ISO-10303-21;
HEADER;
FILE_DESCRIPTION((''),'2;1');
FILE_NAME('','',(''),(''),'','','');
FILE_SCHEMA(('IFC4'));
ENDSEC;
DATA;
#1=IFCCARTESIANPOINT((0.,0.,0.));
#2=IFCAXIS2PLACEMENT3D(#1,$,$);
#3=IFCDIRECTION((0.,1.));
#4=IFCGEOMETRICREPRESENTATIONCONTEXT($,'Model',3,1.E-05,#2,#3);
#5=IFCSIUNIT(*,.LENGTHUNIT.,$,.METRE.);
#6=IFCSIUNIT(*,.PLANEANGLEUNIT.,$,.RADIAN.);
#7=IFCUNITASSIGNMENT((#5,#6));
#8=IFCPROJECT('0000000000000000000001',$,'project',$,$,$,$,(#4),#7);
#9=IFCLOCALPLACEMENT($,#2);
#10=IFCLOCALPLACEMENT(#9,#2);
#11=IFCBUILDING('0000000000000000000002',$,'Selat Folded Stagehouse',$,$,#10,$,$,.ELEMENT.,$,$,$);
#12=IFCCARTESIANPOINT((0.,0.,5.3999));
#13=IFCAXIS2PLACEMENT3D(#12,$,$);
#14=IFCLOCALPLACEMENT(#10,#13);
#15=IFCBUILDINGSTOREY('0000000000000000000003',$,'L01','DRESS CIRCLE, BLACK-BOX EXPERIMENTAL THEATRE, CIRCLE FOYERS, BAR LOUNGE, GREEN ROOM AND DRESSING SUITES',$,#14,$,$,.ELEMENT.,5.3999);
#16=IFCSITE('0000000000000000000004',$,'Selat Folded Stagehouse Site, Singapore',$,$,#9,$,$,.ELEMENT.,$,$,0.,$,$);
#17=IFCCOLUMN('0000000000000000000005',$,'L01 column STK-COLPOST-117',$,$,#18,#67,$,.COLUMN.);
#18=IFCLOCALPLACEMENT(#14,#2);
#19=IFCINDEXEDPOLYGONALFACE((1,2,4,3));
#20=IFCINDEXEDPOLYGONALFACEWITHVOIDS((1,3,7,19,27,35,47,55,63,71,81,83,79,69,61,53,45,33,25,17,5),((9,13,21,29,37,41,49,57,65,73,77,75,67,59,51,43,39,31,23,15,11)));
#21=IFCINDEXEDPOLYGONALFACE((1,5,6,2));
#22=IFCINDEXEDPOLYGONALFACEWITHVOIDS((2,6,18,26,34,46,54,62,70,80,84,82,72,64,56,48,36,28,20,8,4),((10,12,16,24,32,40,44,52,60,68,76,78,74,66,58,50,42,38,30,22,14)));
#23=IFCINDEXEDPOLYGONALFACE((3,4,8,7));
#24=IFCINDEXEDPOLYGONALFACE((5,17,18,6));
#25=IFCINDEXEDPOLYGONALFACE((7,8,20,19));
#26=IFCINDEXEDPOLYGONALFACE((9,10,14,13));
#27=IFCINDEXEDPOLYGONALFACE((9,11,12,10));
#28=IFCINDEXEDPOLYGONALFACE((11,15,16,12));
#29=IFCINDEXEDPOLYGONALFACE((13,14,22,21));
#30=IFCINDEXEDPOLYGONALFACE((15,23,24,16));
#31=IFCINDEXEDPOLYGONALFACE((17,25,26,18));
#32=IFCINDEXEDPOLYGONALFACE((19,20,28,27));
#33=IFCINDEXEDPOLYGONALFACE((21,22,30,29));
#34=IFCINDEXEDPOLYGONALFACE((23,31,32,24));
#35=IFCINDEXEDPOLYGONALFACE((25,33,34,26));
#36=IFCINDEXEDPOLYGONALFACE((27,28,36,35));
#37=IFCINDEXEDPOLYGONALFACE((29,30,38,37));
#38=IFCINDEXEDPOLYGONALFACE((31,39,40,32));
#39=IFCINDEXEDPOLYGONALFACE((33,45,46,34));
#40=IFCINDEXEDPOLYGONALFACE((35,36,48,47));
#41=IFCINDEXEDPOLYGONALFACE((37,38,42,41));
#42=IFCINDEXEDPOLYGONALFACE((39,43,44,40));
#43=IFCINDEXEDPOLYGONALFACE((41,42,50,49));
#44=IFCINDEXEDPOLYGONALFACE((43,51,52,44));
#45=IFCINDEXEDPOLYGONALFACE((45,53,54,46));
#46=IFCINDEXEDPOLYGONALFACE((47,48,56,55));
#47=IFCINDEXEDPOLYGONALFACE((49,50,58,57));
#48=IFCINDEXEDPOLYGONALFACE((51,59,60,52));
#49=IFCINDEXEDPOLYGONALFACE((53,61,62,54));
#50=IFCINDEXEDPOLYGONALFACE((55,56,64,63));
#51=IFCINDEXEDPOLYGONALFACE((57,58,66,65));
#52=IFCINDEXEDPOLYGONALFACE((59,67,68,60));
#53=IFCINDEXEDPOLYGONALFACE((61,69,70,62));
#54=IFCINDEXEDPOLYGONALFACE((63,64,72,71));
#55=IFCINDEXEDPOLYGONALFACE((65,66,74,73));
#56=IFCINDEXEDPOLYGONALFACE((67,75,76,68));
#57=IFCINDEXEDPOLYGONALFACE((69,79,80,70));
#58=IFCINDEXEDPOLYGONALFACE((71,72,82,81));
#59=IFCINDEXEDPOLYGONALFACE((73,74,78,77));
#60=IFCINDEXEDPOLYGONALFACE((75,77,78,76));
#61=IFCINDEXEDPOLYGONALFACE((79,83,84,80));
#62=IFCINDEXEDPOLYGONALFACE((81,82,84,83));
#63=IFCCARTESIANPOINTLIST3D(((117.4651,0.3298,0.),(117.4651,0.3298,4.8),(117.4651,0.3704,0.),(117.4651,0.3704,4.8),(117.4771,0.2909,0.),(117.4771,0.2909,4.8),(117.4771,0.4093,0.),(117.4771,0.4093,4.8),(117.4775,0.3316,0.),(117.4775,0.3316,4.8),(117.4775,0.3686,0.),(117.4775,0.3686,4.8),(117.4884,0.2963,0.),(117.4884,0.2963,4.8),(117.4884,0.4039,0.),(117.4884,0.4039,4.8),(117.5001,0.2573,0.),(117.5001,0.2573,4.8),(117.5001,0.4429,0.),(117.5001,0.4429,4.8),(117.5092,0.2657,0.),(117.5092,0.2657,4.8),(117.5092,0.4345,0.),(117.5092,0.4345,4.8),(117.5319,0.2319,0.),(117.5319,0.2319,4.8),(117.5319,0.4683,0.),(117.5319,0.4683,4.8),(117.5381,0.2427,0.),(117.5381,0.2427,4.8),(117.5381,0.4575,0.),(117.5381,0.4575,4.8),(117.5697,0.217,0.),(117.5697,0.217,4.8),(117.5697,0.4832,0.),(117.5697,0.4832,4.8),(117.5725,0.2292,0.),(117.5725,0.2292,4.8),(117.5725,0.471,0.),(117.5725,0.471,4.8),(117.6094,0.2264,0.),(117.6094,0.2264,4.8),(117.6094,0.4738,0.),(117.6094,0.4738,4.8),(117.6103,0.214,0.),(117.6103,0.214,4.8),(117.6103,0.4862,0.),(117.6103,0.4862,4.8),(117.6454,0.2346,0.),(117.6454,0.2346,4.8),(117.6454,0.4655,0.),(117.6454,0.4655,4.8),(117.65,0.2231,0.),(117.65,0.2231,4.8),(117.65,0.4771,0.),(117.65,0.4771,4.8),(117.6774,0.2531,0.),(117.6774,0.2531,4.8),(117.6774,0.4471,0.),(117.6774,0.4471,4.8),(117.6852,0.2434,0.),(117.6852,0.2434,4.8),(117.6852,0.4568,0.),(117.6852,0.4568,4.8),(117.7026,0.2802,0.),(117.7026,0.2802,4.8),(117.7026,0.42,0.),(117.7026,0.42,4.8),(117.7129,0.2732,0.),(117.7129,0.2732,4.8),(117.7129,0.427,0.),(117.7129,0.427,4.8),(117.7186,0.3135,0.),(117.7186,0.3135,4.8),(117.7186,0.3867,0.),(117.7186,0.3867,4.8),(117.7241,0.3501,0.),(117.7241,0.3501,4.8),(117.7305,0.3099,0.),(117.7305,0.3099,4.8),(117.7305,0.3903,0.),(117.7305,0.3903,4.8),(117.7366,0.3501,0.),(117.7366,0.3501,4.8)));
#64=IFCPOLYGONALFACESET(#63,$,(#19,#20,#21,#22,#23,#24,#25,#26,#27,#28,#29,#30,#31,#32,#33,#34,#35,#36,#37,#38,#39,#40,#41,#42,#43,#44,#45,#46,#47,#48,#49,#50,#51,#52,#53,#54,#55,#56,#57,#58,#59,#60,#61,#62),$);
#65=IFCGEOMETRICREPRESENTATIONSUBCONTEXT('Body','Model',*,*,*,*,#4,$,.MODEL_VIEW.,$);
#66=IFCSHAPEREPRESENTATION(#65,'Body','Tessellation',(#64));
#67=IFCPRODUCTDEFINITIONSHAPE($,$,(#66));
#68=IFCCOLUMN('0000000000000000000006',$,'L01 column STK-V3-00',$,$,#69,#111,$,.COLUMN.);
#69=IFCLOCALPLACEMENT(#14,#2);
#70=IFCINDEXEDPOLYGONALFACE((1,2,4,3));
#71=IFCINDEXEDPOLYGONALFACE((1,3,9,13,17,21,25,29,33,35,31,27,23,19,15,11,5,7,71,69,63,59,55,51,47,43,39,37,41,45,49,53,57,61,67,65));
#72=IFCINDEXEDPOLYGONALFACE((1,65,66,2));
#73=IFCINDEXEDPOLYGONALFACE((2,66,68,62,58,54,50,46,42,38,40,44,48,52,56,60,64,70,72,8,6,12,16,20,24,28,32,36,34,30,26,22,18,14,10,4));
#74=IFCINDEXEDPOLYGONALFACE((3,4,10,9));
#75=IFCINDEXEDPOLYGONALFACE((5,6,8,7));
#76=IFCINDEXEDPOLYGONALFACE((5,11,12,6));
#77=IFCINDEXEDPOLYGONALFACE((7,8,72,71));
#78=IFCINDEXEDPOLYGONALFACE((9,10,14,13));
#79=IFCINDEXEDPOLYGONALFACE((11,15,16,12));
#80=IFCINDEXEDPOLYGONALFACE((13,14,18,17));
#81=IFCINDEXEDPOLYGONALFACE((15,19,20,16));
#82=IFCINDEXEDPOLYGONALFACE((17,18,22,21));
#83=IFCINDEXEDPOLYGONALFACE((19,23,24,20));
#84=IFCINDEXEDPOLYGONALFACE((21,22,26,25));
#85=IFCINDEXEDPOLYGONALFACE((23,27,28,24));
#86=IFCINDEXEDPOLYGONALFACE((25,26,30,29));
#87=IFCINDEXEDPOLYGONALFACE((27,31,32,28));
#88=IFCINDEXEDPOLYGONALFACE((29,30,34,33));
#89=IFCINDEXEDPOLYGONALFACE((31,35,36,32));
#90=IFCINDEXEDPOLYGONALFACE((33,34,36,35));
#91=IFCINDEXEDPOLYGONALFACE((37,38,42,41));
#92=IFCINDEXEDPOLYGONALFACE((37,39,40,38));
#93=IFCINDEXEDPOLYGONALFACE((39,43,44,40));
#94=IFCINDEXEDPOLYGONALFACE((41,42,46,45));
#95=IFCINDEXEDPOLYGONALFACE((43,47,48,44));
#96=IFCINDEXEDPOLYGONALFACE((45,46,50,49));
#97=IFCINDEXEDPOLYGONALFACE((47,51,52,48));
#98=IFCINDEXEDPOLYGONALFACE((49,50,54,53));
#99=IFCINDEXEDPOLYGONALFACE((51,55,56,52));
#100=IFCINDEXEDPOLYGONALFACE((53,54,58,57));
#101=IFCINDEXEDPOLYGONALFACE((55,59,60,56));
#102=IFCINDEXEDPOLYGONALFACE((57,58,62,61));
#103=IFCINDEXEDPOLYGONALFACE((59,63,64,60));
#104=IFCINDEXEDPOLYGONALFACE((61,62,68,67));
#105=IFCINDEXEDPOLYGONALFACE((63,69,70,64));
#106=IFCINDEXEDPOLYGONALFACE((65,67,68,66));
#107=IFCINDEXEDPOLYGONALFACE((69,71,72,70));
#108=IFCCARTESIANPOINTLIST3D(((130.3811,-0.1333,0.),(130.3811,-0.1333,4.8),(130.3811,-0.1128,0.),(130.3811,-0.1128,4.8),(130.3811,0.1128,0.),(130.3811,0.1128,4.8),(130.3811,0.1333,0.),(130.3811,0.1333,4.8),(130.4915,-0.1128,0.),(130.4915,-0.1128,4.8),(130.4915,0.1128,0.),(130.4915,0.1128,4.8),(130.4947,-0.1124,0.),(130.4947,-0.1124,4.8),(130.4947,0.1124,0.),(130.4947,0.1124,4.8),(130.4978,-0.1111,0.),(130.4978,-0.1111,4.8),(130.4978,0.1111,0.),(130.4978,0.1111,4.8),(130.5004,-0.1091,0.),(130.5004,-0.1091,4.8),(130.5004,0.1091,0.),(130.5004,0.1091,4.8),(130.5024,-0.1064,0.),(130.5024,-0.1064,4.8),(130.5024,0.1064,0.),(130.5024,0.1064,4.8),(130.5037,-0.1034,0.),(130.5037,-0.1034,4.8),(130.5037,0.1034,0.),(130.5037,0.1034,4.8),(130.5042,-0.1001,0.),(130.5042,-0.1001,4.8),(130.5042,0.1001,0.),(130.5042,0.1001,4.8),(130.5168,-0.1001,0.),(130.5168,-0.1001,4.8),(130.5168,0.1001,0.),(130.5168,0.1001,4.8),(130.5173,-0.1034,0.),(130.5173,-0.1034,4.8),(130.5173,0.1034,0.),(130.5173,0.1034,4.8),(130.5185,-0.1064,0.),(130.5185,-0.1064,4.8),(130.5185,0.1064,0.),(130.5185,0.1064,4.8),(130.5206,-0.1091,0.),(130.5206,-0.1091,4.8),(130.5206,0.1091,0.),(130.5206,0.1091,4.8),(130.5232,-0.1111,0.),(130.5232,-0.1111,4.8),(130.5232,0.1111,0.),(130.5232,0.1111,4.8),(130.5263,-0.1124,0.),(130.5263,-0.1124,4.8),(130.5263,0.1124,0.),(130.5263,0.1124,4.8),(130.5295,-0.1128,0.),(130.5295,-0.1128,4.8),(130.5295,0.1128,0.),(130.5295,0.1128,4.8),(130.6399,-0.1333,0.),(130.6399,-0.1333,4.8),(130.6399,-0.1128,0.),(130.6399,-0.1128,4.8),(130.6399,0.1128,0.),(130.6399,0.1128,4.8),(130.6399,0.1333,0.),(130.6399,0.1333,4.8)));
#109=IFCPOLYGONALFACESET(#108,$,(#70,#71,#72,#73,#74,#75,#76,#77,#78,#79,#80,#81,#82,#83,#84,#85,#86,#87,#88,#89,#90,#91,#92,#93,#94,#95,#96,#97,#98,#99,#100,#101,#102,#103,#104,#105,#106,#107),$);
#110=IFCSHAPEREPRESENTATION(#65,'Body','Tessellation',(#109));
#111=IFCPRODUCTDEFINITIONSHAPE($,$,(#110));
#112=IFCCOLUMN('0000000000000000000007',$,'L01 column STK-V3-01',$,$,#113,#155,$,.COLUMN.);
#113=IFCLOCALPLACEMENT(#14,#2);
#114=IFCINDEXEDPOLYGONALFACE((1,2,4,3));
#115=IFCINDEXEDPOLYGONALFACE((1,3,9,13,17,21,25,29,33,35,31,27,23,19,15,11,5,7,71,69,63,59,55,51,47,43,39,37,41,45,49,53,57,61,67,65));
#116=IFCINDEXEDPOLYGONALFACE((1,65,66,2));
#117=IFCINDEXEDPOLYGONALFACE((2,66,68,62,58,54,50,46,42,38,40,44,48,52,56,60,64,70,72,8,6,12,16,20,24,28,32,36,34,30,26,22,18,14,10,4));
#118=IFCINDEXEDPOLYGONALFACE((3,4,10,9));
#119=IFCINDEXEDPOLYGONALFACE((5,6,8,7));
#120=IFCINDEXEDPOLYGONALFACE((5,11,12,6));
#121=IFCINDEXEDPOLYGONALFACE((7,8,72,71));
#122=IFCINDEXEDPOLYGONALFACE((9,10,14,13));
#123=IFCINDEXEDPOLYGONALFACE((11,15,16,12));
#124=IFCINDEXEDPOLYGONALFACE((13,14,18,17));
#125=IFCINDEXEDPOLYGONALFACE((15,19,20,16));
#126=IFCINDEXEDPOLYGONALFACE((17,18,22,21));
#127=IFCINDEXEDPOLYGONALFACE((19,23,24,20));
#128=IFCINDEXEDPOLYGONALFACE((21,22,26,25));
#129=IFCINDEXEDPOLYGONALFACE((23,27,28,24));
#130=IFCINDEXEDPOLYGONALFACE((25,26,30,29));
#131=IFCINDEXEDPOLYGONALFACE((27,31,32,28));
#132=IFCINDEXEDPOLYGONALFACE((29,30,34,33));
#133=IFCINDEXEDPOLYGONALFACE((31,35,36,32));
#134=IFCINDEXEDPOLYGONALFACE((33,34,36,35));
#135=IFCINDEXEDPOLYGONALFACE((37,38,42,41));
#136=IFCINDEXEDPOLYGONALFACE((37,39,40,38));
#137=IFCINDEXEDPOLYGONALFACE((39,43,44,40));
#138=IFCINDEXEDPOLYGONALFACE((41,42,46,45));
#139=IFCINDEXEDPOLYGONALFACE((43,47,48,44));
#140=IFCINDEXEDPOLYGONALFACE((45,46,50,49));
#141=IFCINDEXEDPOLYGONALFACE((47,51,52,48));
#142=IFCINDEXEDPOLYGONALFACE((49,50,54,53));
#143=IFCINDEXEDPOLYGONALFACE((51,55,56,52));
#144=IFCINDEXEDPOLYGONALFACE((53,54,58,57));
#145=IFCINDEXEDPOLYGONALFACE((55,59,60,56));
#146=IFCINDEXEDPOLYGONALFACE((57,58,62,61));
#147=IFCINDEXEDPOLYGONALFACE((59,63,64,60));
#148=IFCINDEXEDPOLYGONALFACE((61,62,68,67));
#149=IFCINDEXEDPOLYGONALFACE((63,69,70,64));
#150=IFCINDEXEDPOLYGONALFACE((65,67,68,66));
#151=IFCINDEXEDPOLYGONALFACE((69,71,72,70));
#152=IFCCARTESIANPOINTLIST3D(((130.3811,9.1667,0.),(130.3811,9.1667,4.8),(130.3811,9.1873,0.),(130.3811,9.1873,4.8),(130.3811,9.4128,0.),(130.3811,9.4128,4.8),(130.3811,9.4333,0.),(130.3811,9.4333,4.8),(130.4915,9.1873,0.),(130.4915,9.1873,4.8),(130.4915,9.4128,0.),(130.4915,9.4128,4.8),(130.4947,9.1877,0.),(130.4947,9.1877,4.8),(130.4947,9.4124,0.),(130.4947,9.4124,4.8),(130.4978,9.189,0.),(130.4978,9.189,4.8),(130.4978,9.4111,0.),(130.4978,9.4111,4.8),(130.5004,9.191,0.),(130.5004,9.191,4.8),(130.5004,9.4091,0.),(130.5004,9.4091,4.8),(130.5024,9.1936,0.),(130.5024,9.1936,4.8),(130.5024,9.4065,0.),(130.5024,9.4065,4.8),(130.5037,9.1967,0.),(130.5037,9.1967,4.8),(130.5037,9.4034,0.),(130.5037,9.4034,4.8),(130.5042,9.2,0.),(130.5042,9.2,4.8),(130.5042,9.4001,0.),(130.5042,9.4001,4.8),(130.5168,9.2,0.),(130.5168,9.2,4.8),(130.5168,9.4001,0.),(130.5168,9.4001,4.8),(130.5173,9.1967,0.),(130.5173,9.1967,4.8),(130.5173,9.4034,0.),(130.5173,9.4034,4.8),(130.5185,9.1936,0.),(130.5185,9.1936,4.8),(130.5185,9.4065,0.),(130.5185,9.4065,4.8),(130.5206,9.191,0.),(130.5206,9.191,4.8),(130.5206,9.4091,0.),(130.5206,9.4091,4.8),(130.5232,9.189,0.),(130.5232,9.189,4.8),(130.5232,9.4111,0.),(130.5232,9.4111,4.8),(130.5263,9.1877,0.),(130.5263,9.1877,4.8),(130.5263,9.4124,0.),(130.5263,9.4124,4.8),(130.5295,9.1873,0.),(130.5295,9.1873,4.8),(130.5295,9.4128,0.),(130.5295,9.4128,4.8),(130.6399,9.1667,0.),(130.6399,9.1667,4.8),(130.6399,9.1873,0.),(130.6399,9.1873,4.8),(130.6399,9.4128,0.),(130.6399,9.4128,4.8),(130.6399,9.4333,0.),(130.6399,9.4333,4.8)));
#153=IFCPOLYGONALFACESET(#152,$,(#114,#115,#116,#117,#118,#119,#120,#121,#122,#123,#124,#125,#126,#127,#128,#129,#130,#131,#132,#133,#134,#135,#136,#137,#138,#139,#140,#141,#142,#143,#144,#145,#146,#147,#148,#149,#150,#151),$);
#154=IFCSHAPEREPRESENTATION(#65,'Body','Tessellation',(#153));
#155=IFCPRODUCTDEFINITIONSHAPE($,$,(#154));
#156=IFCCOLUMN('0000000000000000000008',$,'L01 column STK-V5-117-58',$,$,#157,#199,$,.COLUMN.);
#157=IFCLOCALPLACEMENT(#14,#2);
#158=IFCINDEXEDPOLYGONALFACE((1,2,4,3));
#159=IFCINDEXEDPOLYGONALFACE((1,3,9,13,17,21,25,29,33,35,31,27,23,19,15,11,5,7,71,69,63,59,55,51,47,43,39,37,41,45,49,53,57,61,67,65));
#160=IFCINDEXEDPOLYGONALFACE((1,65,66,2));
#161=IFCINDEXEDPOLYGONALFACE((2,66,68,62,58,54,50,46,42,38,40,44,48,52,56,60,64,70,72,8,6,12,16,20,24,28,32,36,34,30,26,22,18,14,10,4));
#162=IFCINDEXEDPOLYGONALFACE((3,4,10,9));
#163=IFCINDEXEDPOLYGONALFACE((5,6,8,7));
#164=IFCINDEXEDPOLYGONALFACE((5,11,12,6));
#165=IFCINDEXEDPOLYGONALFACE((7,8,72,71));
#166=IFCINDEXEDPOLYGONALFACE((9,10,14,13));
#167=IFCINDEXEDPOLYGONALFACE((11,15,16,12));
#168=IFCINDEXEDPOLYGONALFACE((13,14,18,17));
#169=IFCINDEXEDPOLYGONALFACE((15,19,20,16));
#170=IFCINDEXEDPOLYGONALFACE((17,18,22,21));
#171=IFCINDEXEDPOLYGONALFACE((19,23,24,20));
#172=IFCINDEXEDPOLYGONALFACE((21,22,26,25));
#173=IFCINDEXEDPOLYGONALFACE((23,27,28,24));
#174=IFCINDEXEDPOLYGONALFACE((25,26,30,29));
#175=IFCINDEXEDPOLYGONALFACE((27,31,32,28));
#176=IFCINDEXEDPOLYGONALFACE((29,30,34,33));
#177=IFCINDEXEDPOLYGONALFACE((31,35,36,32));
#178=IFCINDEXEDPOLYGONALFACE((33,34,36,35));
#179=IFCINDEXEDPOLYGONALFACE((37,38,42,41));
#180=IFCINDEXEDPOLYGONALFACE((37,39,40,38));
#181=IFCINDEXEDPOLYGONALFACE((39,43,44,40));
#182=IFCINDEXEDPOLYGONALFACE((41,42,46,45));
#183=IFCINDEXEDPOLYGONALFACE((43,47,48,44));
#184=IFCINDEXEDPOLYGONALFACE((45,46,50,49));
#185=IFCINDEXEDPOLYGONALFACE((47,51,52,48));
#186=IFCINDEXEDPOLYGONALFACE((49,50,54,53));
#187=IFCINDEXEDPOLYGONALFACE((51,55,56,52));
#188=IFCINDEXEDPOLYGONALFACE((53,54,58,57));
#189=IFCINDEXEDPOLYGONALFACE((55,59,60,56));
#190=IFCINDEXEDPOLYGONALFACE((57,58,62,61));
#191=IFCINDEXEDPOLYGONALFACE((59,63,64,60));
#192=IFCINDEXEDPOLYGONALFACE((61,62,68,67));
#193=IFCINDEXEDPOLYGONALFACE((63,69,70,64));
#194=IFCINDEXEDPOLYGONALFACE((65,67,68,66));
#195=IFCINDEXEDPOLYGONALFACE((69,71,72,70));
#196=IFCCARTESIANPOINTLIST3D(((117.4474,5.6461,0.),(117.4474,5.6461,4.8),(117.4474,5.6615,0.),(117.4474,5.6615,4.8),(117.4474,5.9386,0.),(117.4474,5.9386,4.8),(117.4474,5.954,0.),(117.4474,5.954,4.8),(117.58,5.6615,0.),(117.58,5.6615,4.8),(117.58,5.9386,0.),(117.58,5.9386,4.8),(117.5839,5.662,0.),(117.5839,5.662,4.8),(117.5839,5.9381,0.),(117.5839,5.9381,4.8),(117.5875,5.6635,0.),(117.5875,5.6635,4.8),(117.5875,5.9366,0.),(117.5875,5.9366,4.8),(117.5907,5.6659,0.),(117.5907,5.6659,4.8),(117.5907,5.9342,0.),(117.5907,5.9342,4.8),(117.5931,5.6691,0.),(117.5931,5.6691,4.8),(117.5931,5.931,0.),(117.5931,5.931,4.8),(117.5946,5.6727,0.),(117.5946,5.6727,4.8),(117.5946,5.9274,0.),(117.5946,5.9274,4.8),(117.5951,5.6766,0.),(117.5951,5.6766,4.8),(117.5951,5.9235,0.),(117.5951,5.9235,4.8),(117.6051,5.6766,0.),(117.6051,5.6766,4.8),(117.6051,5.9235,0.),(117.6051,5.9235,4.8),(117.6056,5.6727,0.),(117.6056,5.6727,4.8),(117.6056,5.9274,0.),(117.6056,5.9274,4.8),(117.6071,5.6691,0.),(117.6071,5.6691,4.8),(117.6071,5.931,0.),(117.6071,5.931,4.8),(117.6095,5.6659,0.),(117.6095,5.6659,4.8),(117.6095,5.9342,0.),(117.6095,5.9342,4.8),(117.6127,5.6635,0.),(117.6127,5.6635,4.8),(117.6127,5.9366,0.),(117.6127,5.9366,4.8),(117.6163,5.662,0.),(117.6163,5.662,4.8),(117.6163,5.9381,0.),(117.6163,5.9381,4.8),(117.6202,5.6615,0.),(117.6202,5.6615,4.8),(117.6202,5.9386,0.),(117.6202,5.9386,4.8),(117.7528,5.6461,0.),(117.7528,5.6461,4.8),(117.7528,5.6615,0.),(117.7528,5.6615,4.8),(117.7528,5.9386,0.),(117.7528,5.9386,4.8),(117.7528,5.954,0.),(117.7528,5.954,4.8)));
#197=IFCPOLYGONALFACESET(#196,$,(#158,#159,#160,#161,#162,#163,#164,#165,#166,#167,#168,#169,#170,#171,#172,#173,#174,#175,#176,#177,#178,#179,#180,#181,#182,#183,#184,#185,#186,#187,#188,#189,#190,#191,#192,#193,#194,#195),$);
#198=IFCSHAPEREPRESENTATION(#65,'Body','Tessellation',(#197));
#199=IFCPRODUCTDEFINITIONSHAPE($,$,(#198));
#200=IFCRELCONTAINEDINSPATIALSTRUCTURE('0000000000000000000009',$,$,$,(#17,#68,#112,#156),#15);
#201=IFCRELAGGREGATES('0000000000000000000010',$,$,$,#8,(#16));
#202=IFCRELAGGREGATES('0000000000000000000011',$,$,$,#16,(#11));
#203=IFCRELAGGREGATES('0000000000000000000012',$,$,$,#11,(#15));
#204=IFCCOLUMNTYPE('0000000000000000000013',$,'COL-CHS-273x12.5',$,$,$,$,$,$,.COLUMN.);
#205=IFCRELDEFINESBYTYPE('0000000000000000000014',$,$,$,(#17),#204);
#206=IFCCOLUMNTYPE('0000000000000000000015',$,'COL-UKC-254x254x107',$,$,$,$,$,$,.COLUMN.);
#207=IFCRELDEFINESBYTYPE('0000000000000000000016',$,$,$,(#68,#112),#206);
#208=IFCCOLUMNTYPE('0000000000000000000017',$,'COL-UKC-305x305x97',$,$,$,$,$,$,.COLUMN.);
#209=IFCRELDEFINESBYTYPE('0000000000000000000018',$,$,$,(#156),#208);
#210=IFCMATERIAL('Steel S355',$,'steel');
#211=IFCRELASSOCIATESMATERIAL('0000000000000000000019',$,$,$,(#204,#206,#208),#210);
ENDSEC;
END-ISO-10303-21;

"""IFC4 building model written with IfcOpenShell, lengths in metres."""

from ifc_helpers import new_model, si_unit, direction, frame, origin, origin_2d, place, context, subcontext, project, spatial, hollow_circle, i_section, extrude, material, material_profile, profile_set, type_object, element, save


model = new_model("IFC4")

# Units and contexts
model_context = context("Model", 3, precision=1e-05, world=origin(), true_north=direction((0.0, 1.0)))
body_context = subcontext(model_context, "Body", "Model", "MODEL_VIEW")
ifc_project = project(units=[si_unit("LENGTHUNIT", "METRE"), si_unit("PLANEANGLEUNIT", "RADIAN")], contexts=[model_context])

# Site, building, storey
site_placement = place(None, origin())
site = spatial("IfcSite", under=ifc_project, at=site_placement, Name="Selat Folded Stagehouse Site, Singapore", CompositionType="ELEMENT", RefElevation=0.0)
building_placement = place(site_placement, origin())
building = spatial("IfcBuilding", under=site, at=building_placement, Name="Selat Folded Stagehouse", CompositionType="ELEMENT")
storey_placement = place(building_placement, frame((0.0, 0.0, 5.3999)))
storey = spatial("IfcBuildingStorey", under=building, at=storey_placement, Name="L01", Description="DRESS CIRCLE, BLACK-BOX EXPERIMENTAL THEATRE, CIRCLE FOYERS, BAR LOUNGE, GREEN ROOM AND DRESSING SUITES", CompositionType="ELEMENT", Elevation=5.3999)

# Columns
ifc_material_1 = material(Name="Steel S355", Category="steel")
ifc_material_profile_1 = material_profile(ifc_material_1, hollow_circle(Radius=0.1365, WallThickness=0.0125, at=origin_2d()), Name="CHS 273.0x12.5")
ifc_profile_set_1 = profile_set([ifc_material_profile_1], Name="Steel S355")
column_type_1 = type_object("IfcColumnType", Name="COL-CHS-273x12.5", PredefinedType="COLUMN", material=ifc_profile_set_1)
column_1_placement = place(storey_placement, frame((117.6001, 0.3501, 0.0), z_axis=(0.0, 0.0, 1.0), x_axis=(1.0, 0.0, 0.0)))
element("IfcColumn", 1, at=column_1_placement, inside=storey, type_object=column_type_1, Name="L01 column STK-COLPOST-117", PredefinedType="COLUMN", context=body_context, shape_type="SweptSolid", body=[
    extrude(hollow_circle(Radius=0.1365, WallThickness=0.0125, at=origin_2d()), origin(), (0.0, 0.0, 1.0), 4.8),
])
ifc_material_profile_2 = material_profile(ifc_material_1, i_section(OverallWidth=0.2588, OverallDepth=0.2666, WebThickness=0.0127, FlangeThickness=0.0205, FilletRadius=0.0127, at=origin_2d()), Name="UKC 254x254x107")
ifc_profile_set_2 = profile_set([ifc_material_profile_2], Name="Steel S355")
column_type_2 = type_object("IfcColumnType", Name="COL-UKC-254x254x107", PredefinedType="COLUMN", material=ifc_profile_set_2)
for number, where, z_axis, x_axis, name in (
    (2, (130.5105, 0.0, 0.0), (0.0, 0.0, 1.0), (1.0, 0.0, 0.0), "L01 column STK-V3-00"),
    (3, (130.5105, 9.3, 0.0), (0.0, 0.0, 1.0), (1.0, 0.0, 0.0), "L01 column STK-V3-01"),
):
    element("IfcColumn", number, at=place(storey_placement, frame(where, z_axis=z_axis, x_axis=x_axis)), inside=storey, type_object=column_type_2, Name=name, PredefinedType="COLUMN", context=body_context, shape_type="SweptSolid", body=[
        extrude(i_section(OverallWidth=0.2588, OverallDepth=0.2666, WebThickness=0.0127, FlangeThickness=0.0205, FilletRadius=0.0127, at=origin_2d()), origin(), (0.0, 0.0, 1.0), 4.8),
    ])
ifc_material_profile_3 = material_profile(ifc_material_1, i_section(OverallWidth=0.3054, OverallDepth=0.3079, WebThickness=0.01, FlangeThickness=0.0154, FilletRadius=0.0151, at=origin_2d()), Name="UKC 305x305x97")
ifc_profile_set_3 = profile_set([ifc_material_profile_3], Name="Steel S355")
column_type_3 = type_object("IfcColumnType", Name="COL-UKC-305x305x97", PredefinedType="COLUMN", material=ifc_profile_set_3)
column_2_placement = place(storey_placement, frame((117.6001, 5.8, 0.0), z_axis=(0.0, 0.0, 1.0), x_axis=(1.0, 0.0, 0.0)))
element("IfcColumn", 4, at=column_2_placement, inside=storey, type_object=column_type_3, Name="L01 column STK-V5-117-58", PredefinedType="COLUMN", context=body_context, shape_type="SweptSolid", body=[
    extrude(i_section(OverallWidth=0.3054, OverallDepth=0.3079, WebThickness=0.01, FlangeThickness=0.0154, FilletRadius=0.0151, at=origin_2d()), origin(), (0.0, 0.0, 1.0), 4.8),
])

save(model, "model.ifc")
